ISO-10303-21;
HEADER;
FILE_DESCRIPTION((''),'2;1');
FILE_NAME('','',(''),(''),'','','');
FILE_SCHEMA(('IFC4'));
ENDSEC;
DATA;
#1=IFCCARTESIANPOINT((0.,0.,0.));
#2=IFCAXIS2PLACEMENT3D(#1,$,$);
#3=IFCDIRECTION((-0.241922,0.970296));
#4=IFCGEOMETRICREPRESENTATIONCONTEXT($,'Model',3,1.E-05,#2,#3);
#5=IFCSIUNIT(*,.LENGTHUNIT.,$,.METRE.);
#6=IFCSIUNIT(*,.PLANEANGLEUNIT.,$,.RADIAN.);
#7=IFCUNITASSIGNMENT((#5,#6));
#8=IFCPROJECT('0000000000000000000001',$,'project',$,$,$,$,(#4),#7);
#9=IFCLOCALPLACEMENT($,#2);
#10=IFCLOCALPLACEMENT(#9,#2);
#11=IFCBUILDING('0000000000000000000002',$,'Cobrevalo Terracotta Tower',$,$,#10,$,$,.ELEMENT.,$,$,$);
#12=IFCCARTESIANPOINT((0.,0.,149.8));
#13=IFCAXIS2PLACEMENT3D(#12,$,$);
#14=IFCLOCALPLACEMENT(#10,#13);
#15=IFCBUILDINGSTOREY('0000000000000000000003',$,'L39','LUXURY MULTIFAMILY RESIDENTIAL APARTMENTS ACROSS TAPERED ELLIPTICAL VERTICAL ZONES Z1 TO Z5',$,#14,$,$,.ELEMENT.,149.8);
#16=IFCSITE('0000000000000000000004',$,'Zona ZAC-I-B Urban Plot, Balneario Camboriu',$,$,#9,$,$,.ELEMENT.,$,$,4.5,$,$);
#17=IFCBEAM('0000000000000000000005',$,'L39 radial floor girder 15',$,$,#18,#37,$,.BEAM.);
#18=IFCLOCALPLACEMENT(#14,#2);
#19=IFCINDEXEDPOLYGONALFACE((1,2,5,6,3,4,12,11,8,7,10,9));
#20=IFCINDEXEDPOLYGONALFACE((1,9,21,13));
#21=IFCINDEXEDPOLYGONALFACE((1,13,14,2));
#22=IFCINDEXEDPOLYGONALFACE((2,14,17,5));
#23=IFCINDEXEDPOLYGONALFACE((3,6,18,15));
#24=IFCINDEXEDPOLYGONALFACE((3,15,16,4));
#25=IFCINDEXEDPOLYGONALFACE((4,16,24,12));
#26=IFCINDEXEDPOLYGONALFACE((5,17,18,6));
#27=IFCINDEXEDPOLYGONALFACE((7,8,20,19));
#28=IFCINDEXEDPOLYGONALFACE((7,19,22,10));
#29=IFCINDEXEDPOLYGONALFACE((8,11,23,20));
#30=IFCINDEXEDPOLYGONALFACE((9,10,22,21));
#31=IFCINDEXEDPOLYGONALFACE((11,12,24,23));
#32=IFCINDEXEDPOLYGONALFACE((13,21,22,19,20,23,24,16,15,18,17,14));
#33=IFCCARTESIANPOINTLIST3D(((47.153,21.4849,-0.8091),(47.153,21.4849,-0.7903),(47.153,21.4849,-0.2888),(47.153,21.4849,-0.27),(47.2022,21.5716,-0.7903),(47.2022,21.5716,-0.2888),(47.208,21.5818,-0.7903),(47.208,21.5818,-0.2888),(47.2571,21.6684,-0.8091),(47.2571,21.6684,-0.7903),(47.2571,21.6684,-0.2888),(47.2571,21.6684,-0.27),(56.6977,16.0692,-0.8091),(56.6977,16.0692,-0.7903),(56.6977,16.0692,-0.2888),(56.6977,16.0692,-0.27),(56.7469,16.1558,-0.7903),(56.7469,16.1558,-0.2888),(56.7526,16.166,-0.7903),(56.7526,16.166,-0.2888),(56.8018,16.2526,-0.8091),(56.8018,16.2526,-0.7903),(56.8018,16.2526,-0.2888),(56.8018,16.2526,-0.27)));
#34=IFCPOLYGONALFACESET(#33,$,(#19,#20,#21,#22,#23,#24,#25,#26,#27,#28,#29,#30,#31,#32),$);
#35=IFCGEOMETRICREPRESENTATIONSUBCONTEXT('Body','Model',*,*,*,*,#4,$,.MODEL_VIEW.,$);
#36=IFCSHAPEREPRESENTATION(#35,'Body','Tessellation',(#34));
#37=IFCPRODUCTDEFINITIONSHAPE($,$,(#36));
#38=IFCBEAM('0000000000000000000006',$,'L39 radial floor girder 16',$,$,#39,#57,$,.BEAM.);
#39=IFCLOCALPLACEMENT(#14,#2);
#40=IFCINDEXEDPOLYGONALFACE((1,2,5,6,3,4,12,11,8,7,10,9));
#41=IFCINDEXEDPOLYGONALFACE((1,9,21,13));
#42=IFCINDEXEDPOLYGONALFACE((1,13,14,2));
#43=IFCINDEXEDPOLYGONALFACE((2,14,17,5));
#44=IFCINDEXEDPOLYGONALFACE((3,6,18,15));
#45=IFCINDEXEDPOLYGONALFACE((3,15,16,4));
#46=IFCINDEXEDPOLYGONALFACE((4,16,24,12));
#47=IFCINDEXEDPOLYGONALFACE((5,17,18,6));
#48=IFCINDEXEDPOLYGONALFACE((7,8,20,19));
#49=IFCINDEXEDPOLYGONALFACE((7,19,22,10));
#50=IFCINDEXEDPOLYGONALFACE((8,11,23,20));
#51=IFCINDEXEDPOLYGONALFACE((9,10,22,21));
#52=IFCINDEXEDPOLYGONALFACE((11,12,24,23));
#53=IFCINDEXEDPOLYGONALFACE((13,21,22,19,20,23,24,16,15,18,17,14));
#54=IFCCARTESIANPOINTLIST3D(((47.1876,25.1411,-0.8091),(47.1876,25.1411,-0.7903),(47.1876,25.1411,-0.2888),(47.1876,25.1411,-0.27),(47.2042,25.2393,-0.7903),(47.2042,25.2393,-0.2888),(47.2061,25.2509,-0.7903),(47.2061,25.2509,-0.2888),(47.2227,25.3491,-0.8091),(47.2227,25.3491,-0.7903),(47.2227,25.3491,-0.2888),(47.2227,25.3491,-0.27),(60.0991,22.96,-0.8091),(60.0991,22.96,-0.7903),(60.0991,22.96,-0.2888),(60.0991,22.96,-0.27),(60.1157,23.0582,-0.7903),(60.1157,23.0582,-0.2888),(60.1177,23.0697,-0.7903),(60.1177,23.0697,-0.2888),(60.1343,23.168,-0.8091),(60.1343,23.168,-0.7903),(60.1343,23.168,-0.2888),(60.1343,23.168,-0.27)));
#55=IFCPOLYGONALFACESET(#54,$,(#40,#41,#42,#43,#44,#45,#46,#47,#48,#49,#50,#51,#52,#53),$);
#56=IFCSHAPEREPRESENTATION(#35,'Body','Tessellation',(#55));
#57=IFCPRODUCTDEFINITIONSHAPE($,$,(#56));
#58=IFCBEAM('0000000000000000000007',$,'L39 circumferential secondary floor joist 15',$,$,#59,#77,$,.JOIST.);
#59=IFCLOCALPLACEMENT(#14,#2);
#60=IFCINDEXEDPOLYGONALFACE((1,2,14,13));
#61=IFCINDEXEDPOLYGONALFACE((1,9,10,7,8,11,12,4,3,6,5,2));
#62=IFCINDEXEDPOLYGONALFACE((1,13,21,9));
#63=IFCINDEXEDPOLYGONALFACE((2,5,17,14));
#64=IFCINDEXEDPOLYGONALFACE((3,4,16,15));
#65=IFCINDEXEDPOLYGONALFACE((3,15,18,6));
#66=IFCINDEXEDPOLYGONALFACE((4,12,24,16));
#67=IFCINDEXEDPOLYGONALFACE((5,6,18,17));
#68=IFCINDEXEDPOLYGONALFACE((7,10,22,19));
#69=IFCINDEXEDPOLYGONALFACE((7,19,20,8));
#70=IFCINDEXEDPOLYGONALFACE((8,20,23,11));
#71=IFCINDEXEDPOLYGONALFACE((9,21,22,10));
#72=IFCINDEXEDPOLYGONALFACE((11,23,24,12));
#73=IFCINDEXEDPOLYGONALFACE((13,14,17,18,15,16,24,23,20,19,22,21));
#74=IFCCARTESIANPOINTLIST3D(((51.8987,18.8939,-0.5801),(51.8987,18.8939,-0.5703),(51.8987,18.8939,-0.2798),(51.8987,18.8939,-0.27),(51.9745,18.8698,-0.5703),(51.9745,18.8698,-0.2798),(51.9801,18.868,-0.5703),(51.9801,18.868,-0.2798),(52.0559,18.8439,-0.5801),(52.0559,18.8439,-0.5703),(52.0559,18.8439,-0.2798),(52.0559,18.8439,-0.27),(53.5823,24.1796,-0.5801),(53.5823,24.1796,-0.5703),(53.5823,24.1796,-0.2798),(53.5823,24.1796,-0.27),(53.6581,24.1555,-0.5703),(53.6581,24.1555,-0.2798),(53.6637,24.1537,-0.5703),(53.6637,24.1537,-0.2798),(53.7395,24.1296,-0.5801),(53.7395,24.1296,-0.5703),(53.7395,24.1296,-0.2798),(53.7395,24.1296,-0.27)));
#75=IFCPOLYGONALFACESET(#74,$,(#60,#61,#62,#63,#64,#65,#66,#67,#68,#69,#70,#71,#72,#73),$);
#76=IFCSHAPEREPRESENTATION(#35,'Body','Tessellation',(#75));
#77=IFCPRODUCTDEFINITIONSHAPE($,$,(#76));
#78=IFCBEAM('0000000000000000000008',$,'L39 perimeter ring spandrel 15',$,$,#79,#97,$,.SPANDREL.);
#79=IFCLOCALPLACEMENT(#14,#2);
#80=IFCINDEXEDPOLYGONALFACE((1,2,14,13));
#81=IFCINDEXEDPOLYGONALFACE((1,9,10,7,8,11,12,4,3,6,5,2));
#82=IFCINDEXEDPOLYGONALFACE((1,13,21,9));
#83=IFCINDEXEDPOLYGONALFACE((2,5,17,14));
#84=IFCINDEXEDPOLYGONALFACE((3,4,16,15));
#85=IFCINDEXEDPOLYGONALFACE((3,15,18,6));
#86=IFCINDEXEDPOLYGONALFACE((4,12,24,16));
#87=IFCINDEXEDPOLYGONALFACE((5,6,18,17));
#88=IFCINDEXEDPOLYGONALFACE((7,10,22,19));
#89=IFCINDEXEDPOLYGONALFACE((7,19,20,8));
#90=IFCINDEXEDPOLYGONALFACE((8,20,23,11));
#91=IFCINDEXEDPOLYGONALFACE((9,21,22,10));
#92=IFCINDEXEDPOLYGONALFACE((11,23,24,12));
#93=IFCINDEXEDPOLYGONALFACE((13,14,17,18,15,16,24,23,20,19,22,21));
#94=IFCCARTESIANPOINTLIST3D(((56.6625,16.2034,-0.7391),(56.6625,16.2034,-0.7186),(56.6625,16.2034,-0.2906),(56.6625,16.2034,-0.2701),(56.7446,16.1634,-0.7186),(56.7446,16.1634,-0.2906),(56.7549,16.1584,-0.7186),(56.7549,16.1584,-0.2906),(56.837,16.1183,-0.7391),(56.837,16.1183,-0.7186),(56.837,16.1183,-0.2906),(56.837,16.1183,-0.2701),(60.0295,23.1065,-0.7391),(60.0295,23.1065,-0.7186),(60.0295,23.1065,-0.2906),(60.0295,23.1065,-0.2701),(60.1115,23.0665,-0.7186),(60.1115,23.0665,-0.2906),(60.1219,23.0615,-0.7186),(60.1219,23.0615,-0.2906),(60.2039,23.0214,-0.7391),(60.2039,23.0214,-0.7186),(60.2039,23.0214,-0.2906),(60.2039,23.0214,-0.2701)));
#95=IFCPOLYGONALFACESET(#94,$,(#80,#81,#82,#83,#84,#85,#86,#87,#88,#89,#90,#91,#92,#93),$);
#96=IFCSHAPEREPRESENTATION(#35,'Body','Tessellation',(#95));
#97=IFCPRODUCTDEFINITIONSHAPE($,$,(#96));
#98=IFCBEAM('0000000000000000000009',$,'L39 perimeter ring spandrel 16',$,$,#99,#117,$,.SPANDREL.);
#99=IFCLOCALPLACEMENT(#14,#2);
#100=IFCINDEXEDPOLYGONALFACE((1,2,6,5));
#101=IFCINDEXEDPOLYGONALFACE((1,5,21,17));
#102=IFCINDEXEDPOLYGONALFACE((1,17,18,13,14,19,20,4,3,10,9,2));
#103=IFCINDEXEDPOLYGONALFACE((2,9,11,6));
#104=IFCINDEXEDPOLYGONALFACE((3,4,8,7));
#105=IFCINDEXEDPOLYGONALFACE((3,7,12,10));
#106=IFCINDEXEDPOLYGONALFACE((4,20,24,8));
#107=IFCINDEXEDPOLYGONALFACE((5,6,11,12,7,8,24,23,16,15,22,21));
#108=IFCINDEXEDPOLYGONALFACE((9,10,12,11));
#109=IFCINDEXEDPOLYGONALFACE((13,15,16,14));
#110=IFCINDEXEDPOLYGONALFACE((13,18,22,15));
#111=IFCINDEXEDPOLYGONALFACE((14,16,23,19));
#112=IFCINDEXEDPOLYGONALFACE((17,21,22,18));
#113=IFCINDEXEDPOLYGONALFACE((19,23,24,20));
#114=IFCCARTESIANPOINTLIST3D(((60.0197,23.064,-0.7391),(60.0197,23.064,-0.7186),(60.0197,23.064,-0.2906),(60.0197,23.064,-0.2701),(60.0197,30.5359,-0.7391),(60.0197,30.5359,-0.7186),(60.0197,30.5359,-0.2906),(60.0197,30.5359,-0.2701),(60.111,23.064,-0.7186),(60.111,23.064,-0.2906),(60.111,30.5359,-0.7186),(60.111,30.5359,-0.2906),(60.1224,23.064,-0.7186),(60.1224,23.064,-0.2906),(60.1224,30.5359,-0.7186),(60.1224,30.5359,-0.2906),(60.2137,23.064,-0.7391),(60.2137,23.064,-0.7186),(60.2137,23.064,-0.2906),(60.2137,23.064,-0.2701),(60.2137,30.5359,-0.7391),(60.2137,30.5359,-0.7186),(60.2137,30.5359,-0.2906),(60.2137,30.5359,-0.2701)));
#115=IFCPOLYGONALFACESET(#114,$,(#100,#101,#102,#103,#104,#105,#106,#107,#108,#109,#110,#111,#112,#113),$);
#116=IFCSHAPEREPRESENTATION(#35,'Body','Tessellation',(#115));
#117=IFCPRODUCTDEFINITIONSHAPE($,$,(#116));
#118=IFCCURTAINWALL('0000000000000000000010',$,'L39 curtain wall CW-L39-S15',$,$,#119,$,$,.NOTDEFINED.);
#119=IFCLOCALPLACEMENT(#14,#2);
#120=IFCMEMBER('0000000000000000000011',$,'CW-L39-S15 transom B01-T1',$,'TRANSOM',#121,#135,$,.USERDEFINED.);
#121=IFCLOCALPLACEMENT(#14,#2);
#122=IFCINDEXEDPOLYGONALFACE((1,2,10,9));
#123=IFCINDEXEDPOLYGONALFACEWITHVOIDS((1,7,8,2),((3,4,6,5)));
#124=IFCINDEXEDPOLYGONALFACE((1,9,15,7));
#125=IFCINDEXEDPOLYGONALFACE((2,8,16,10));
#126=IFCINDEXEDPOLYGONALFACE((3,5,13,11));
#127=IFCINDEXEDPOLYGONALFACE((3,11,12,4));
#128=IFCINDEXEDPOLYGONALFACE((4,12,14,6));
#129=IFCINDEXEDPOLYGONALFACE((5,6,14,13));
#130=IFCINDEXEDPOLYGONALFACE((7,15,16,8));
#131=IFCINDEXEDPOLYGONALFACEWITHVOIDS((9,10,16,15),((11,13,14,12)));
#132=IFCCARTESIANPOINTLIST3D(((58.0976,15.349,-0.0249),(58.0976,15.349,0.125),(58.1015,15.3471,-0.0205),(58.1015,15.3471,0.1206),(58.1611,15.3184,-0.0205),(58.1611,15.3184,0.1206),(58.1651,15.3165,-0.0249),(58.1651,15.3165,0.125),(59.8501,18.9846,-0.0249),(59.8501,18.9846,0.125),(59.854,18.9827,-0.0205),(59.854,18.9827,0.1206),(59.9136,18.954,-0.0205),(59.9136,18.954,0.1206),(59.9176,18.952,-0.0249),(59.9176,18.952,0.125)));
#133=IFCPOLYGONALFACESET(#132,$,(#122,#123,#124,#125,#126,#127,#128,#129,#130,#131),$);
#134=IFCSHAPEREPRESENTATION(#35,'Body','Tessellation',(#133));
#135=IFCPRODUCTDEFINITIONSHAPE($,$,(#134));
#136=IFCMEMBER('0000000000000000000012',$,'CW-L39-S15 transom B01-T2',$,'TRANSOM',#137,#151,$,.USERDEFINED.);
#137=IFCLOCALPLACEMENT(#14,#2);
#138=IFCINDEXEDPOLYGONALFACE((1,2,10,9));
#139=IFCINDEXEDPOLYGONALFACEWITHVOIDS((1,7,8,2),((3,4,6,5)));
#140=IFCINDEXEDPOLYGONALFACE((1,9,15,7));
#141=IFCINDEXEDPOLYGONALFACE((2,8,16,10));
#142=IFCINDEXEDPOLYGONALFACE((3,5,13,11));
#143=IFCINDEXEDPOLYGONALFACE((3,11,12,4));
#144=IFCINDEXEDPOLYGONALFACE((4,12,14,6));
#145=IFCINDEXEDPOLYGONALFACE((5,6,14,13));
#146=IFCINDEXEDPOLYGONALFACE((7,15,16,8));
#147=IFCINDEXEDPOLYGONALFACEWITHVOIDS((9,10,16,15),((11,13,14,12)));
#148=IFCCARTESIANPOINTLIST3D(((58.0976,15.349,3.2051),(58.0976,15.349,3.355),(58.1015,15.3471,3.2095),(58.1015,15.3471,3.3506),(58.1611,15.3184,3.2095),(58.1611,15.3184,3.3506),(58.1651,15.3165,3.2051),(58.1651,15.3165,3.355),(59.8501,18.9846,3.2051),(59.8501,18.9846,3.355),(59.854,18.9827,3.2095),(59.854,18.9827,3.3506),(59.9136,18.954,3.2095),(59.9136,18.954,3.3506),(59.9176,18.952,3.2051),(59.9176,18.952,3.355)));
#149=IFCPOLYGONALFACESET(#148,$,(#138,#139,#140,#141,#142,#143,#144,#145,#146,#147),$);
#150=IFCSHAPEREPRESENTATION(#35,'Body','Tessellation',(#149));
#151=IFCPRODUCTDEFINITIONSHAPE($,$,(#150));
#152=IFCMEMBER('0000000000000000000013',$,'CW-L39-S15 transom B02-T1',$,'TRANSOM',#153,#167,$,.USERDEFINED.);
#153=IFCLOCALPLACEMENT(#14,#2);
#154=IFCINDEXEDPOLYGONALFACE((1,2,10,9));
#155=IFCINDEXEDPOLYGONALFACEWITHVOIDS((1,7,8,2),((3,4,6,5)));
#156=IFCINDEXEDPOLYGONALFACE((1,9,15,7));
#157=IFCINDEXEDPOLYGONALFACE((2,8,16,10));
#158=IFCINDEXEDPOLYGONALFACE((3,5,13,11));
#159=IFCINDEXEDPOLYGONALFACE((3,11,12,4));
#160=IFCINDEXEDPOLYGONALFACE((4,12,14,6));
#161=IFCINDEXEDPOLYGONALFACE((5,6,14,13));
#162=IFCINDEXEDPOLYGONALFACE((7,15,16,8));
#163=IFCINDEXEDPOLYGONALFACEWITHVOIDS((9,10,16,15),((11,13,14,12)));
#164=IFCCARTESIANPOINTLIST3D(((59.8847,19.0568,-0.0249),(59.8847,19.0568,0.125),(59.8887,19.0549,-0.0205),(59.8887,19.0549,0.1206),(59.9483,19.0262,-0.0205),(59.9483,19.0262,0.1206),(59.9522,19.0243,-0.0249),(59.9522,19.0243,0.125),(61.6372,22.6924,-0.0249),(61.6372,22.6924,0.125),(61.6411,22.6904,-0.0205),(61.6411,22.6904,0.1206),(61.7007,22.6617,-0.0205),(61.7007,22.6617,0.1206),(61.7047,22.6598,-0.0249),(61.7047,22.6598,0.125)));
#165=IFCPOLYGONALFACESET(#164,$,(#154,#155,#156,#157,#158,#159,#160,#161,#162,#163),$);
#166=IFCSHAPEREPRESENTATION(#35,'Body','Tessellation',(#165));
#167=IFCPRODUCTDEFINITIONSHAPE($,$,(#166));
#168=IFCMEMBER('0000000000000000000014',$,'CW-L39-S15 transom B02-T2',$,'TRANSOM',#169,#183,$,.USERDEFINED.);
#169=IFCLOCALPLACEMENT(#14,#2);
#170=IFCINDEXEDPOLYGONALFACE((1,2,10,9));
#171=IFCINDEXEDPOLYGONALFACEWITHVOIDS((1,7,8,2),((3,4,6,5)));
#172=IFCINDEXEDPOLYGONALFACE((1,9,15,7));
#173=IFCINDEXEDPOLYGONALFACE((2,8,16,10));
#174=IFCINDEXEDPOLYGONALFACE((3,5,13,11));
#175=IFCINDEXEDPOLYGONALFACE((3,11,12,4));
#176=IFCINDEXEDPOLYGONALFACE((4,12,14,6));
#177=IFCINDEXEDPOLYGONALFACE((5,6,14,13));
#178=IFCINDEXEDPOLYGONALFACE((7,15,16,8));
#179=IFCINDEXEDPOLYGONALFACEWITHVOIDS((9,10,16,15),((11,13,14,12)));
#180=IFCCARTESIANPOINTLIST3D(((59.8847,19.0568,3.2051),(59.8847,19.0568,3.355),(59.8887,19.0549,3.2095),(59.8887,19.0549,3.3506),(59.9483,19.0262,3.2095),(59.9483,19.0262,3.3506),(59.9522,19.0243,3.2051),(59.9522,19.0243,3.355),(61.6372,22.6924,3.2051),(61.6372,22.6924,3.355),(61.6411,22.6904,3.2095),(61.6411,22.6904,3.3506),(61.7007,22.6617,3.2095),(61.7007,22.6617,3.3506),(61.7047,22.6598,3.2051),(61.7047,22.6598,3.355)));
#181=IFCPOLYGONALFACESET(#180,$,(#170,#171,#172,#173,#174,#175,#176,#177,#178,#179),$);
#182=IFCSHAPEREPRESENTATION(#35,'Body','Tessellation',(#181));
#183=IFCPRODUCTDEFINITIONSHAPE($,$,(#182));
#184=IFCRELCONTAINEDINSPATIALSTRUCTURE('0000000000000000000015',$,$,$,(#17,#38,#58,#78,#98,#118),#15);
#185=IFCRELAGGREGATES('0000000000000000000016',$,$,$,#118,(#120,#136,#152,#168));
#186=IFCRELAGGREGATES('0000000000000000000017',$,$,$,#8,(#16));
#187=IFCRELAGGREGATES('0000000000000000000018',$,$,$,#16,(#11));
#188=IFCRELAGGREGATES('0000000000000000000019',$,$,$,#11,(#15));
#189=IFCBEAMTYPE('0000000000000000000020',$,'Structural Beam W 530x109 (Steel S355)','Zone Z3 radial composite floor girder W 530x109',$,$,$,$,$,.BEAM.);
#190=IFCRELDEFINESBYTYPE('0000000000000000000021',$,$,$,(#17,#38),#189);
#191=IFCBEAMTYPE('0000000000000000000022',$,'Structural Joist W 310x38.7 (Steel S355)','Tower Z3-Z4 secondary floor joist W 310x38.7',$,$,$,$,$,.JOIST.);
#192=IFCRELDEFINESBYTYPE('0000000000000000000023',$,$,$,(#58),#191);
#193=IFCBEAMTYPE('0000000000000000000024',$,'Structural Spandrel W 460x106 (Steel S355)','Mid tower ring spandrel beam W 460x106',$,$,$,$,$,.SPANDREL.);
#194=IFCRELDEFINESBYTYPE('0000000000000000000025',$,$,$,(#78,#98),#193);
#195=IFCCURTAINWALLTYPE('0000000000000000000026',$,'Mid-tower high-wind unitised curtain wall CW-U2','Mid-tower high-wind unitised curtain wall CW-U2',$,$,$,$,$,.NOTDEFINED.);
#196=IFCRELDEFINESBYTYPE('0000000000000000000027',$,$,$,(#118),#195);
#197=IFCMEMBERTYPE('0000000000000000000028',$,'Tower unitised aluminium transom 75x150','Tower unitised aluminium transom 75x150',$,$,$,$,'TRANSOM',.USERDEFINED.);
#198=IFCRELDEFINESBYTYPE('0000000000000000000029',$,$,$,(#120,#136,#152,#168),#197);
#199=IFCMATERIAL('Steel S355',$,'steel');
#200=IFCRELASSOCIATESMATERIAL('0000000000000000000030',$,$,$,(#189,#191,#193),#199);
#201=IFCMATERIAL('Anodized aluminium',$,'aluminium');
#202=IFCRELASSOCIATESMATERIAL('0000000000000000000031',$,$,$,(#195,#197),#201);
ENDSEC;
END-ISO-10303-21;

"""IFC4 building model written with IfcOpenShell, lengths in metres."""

from ifc_helpers import new_model, si_unit, direction, frame, origin, origin_2d, place, context, subcontext, project, spatial, hollow_rectangle, i_section, extrude, source, transform, mapped, material, material_profile, profile_set, type_object, element, aggregate, save


model = new_model("IFC4")

# Units and contexts
model_context = context("Model", 3, precision=1e-05, world=origin(), true_north=direction((-0.241922, 0.970296)))
body_context = subcontext(model_context, "Body", "Model", "MODEL_VIEW")
ifc_project = project(units=[si_unit("LENGTHUNIT", "METRE"), si_unit("PLANEANGLEUNIT", "RADIAN")], contexts=[model_context])

# Site, building, storey
site_placement = place(None, origin())
site = spatial("IfcSite", under=ifc_project, at=site_placement, Name="Zona ZAC-I-B Urban Plot, Balneario Camboriu", CompositionType="ELEMENT", RefElevation=4.5)
building_placement = place(site_placement, origin())
building = spatial("IfcBuilding", under=site, at=building_placement, Name="Cobrevalo Terracotta Tower", CompositionType="ELEMENT")
storey_placement = place(building_placement, frame((0.0, 0.0, 149.8)))
storey = spatial("IfcBuildingStorey", under=building, at=storey_placement, Name="L39", Description="LUXURY MULTIFAMILY RESIDENTIAL APARTMENTS ACROSS TAPERED ELLIPTICAL VERTICAL ZONES Z1 TO Z5", CompositionType="ELEMENT", Elevation=149.8)

# Shared definitions
ifc_material_1 = material(Name="Steel S355", Category="steel")

# Beams
ifc_material_profile_1 = material_profile(ifc_material_1, i_section(OverallWidth=0.2109, OverallDepth=0.5391, WebThickness=0.0117, FlangeThickness=0.0188, at=origin_2d()), Name="W 530x109")
ifc_profile_set_1 = profile_set([ifc_material_profile_1], Name="Steel S355")
beam_type_1 = type_object("IfcBeamType", Name="Structural Beam W 530x109 (Steel S355)", Description="Zone Z3 radial composite floor girder W 530x109", PredefinedType="BEAM", material=ifc_profile_set_1)
beam_1_placement = place(storey_placement, frame((56.7498, 16.1609, -0.5396), z_axis=(-0.869744, 0.493504, 0.0), x_axis=(-0.493504, -0.869744, 0.0)))
element("IfcBeam", 1, at=beam_1_placement, inside=storey, type_object=beam_type_1, Name="L39 radial floor girder 15", PredefinedType="BEAM", context=body_context, shape_type="SweptSolid", body=[
    extrude(i_section(OverallWidth=0.2109, OverallDepth=0.5391, WebThickness=0.0117, FlangeThickness=0.0188, at=origin_2d()), origin(), (0.0, 0.0, 1.0), 10.9741),
])
beam_2_placement = place(storey_placement, frame((60.1167, 23.064, -0.5396), z_axis=(-0.98603, 0.166569, 0.0), x_axis=(-0.166569, -0.98603, 0.0)))
element("IfcBeam", 2, at=beam_2_placement, inside=storey, type_object=beam_type_1, Name="L39 radial floor girder 16", PredefinedType="BEAM", context=body_context, shape_type="SweptSolid", body=[
    extrude(i_section(OverallWidth=0.2109, OverallDepth=0.5391, WebThickness=0.0117, FlangeThickness=0.0188, at=origin_2d()), origin(), (0.0, 0.0, 1.0), 13.0945),
])
ifc_material_profile_2 = material_profile(ifc_material_1, i_section(OverallWidth=0.165, OverallDepth=0.3101, WebThickness=0.0059, FlangeThickness=0.0098, at=origin_2d()), Name="W 310x38.7")
ifc_profile_set_2 = profile_set([ifc_material_profile_2], Name="Steel S355")
beam_type_2 = type_object("IfcBeamType", Name="Structural Joist W 310x38.7 (Steel S355)", Description="Tower Z3-Z4 secondary floor joist W 310x38.7", PredefinedType="JOIST", material=ifc_profile_set_2)
beam_3_placement = place(storey_placement, frame((51.9773, 18.8689, -0.425), z_axis=(0.303498, 0.952832, 0.0), x_axis=(-0.952832, 0.303498, 0.0)))
element("IfcBeam", 3, at=beam_3_placement, inside=storey, type_object=beam_type_2, Name="L39 circumferential secondary floor joist 15", PredefinedType="JOIST", context=body_context, shape_type="SweptSolid", body=[
    extrude(i_section(OverallWidth=0.165, OverallDepth=0.3101, WebThickness=0.0059, FlangeThickness=0.0098, at=origin_2d()), origin(), (0.0, 0.0, 1.0), 5.5474),
])
ifc_material_profile_3 = material_profile(ifc_material_1, i_section(OverallWidth=0.1941, OverallDepth=0.469, WebThickness=0.0115, FlangeThickness=0.0205, at=origin_2d()), Name="W 460x106")
ifc_profile_set_3 = profile_set([ifc_material_profile_3], Name="Steel S355")
beam_type_3 = type_object("IfcBeamType", Name="Structural Spandrel W 460x106 (Steel S355)", Description="Mid tower ring spandrel beam W 460x106", PredefinedType="SPANDREL", material=ifc_profile_set_3)
beam_4_placement = place(storey_placement, frame((56.7498, 16.1609, -0.5046), z_axis=(0.43838, 0.89879, 0.0), x_axis=(-0.89879, 0.43838, 0.0)))
element("IfcBeam", 4, at=beam_4_placement, inside=storey, type_object=beam_type_3, Name="L39 perimeter ring spandrel 15", PredefinedType="SPANDREL", context=body_context, shape_type="SweptSolid", body=[
    extrude(i_section(OverallWidth=0.1941, OverallDepth=0.469, WebThickness=0.0115, FlangeThickness=0.0205, at=origin_2d()), origin(), (0.0, 0.0, 1.0), 7.6804),
])
beam_5_placement = place(storey_placement, frame((60.1167, 23.064, -0.5046), z_axis=(0.0, 1.0, 0.0), x_axis=(-1.0, 0.0, 0.0)))
element("IfcBeam", 5, at=beam_5_placement, inside=storey, type_object=beam_type_3, Name="L39 perimeter ring spandrel 16", PredefinedType="SPANDREL", context=body_context, shape_type="SweptSolid", body=[
    extrude(i_section(OverallWidth=0.1941, OverallDepth=0.469, WebThickness=0.0115, FlangeThickness=0.0205, at=origin_2d()), origin(), (0.0, 0.0, 1.0), 7.4719),
])

# Curtain wall, members
ifc_material_2 = material(Name="Anodized aluminium", Category="aluminium")
curtain_wall_type = type_object("IfcCurtainWallType", Name="Mid-tower high-wind unitised curtain wall CW-U2", Description="Mid-tower high-wind unitised curtain wall CW-U2", PredefinedType="NOTDEFINED", material=ifc_material_2)
curtain_wall_placement = place(storey_placement, origin())
curtain_wall = element("IfcCurtainWall", 6, at=curtain_wall_placement, inside=storey, type_object=curtain_wall_type, Name="L39 curtain wall CW-L39-S15", PredefinedType="NOTDEFINED")
ifc_material_profile_4 = material_profile(ifc_material_2, hollow_rectangle(XDim=0.075, YDim=0.1499, WallThickness=0.0044, at=origin_2d()), Name="CWT 75x150")
ifc_profile_set_4 = profile_set([ifc_material_profile_4], Name="Anodized aluminium")
member_type_1 = type_object("IfcMemberType", Name="Tower unitised aluminium transom 75x150", Description="Tower unitised aluminium transom 75x150", ElementType="TRANSOM", PredefinedType="USERDEFINED", material=ifc_profile_set_4)
shared_shape_1 = source(origin(), body_context, "Body", "SweptSolid", [
    extrude(hollow_rectangle(XDim=0.075, YDim=0.1499, WallThickness=0.0044, at=origin_2d()), origin(), (0.0, 0.0, 1.0), 4.0359),
])
member_1_placement = place(storey_placement, frame((58.1313, 15.3328, 0.05), z_axis=(0.434221, 0.900806, 0.0), x_axis=(-0.900806, 0.434221, 0.0)))
member_1 = element("IfcMember", 7, at=member_1_placement, type_object=member_type_1, Name="CW-L39-S15 transom B01-T1", ObjectType="TRANSOM", PredefinedType="USERDEFINED", context=body_context, shape_type="MappedRepresentation", body=[
    mapped(shared_shape_1, transform((0.0, 0.0, 0.0), scale=1.0)),
])
member_2_placement = place(storey_placement, frame((58.1313, 15.3328, 3.28), z_axis=(0.434221, 0.900806, 0.0), x_axis=(-0.900806, 0.434221, 0.0)))
member_2 = element("IfcMember", 8, at=member_2_placement, type_object=member_type_1, Name="CW-L39-S15 transom B01-T2", ObjectType="TRANSOM", PredefinedType="USERDEFINED", context=body_context, shape_type="MappedRepresentation", body=[
    mapped(shared_shape_1, transform((0.0, 0.0, 0.0), scale=1.0)),
])
member_3_placement = place(storey_placement, frame((59.9185, 19.0405, 0.05), z_axis=(0.434221, 0.900806, 0.0), x_axis=(-0.900806, 0.434221, 0.0)))
member_3 = element("IfcMember", 9, at=member_3_placement, type_object=member_type_1, Name="CW-L39-S15 transom B02-T1", ObjectType="TRANSOM", PredefinedType="USERDEFINED", context=body_context, shape_type="MappedRepresentation", body=[
    mapped(shared_shape_1, transform((0.0, 0.0, 0.0), scale=1.0)),
])
member_4_placement = place(storey_placement, frame((59.9185, 19.0405, 3.28), z_axis=(0.434221, 0.900806, 0.0), x_axis=(-0.900806, 0.434221, 0.0)))
member_4 = element("IfcMember", 10, at=member_4_placement, type_object=member_type_1, Name="CW-L39-S15 transom B02-T2", ObjectType="TRANSOM", PredefinedType="USERDEFINED", context=body_context, shape_type="MappedRepresentation", body=[
    mapped(shared_shape_1, transform((0.0, 0.0, 0.0), scale=1.0)),
])
aggregate(curtain_wall, [member_1, member_2, member_3, member_4])

save(model, "model.ifc")
